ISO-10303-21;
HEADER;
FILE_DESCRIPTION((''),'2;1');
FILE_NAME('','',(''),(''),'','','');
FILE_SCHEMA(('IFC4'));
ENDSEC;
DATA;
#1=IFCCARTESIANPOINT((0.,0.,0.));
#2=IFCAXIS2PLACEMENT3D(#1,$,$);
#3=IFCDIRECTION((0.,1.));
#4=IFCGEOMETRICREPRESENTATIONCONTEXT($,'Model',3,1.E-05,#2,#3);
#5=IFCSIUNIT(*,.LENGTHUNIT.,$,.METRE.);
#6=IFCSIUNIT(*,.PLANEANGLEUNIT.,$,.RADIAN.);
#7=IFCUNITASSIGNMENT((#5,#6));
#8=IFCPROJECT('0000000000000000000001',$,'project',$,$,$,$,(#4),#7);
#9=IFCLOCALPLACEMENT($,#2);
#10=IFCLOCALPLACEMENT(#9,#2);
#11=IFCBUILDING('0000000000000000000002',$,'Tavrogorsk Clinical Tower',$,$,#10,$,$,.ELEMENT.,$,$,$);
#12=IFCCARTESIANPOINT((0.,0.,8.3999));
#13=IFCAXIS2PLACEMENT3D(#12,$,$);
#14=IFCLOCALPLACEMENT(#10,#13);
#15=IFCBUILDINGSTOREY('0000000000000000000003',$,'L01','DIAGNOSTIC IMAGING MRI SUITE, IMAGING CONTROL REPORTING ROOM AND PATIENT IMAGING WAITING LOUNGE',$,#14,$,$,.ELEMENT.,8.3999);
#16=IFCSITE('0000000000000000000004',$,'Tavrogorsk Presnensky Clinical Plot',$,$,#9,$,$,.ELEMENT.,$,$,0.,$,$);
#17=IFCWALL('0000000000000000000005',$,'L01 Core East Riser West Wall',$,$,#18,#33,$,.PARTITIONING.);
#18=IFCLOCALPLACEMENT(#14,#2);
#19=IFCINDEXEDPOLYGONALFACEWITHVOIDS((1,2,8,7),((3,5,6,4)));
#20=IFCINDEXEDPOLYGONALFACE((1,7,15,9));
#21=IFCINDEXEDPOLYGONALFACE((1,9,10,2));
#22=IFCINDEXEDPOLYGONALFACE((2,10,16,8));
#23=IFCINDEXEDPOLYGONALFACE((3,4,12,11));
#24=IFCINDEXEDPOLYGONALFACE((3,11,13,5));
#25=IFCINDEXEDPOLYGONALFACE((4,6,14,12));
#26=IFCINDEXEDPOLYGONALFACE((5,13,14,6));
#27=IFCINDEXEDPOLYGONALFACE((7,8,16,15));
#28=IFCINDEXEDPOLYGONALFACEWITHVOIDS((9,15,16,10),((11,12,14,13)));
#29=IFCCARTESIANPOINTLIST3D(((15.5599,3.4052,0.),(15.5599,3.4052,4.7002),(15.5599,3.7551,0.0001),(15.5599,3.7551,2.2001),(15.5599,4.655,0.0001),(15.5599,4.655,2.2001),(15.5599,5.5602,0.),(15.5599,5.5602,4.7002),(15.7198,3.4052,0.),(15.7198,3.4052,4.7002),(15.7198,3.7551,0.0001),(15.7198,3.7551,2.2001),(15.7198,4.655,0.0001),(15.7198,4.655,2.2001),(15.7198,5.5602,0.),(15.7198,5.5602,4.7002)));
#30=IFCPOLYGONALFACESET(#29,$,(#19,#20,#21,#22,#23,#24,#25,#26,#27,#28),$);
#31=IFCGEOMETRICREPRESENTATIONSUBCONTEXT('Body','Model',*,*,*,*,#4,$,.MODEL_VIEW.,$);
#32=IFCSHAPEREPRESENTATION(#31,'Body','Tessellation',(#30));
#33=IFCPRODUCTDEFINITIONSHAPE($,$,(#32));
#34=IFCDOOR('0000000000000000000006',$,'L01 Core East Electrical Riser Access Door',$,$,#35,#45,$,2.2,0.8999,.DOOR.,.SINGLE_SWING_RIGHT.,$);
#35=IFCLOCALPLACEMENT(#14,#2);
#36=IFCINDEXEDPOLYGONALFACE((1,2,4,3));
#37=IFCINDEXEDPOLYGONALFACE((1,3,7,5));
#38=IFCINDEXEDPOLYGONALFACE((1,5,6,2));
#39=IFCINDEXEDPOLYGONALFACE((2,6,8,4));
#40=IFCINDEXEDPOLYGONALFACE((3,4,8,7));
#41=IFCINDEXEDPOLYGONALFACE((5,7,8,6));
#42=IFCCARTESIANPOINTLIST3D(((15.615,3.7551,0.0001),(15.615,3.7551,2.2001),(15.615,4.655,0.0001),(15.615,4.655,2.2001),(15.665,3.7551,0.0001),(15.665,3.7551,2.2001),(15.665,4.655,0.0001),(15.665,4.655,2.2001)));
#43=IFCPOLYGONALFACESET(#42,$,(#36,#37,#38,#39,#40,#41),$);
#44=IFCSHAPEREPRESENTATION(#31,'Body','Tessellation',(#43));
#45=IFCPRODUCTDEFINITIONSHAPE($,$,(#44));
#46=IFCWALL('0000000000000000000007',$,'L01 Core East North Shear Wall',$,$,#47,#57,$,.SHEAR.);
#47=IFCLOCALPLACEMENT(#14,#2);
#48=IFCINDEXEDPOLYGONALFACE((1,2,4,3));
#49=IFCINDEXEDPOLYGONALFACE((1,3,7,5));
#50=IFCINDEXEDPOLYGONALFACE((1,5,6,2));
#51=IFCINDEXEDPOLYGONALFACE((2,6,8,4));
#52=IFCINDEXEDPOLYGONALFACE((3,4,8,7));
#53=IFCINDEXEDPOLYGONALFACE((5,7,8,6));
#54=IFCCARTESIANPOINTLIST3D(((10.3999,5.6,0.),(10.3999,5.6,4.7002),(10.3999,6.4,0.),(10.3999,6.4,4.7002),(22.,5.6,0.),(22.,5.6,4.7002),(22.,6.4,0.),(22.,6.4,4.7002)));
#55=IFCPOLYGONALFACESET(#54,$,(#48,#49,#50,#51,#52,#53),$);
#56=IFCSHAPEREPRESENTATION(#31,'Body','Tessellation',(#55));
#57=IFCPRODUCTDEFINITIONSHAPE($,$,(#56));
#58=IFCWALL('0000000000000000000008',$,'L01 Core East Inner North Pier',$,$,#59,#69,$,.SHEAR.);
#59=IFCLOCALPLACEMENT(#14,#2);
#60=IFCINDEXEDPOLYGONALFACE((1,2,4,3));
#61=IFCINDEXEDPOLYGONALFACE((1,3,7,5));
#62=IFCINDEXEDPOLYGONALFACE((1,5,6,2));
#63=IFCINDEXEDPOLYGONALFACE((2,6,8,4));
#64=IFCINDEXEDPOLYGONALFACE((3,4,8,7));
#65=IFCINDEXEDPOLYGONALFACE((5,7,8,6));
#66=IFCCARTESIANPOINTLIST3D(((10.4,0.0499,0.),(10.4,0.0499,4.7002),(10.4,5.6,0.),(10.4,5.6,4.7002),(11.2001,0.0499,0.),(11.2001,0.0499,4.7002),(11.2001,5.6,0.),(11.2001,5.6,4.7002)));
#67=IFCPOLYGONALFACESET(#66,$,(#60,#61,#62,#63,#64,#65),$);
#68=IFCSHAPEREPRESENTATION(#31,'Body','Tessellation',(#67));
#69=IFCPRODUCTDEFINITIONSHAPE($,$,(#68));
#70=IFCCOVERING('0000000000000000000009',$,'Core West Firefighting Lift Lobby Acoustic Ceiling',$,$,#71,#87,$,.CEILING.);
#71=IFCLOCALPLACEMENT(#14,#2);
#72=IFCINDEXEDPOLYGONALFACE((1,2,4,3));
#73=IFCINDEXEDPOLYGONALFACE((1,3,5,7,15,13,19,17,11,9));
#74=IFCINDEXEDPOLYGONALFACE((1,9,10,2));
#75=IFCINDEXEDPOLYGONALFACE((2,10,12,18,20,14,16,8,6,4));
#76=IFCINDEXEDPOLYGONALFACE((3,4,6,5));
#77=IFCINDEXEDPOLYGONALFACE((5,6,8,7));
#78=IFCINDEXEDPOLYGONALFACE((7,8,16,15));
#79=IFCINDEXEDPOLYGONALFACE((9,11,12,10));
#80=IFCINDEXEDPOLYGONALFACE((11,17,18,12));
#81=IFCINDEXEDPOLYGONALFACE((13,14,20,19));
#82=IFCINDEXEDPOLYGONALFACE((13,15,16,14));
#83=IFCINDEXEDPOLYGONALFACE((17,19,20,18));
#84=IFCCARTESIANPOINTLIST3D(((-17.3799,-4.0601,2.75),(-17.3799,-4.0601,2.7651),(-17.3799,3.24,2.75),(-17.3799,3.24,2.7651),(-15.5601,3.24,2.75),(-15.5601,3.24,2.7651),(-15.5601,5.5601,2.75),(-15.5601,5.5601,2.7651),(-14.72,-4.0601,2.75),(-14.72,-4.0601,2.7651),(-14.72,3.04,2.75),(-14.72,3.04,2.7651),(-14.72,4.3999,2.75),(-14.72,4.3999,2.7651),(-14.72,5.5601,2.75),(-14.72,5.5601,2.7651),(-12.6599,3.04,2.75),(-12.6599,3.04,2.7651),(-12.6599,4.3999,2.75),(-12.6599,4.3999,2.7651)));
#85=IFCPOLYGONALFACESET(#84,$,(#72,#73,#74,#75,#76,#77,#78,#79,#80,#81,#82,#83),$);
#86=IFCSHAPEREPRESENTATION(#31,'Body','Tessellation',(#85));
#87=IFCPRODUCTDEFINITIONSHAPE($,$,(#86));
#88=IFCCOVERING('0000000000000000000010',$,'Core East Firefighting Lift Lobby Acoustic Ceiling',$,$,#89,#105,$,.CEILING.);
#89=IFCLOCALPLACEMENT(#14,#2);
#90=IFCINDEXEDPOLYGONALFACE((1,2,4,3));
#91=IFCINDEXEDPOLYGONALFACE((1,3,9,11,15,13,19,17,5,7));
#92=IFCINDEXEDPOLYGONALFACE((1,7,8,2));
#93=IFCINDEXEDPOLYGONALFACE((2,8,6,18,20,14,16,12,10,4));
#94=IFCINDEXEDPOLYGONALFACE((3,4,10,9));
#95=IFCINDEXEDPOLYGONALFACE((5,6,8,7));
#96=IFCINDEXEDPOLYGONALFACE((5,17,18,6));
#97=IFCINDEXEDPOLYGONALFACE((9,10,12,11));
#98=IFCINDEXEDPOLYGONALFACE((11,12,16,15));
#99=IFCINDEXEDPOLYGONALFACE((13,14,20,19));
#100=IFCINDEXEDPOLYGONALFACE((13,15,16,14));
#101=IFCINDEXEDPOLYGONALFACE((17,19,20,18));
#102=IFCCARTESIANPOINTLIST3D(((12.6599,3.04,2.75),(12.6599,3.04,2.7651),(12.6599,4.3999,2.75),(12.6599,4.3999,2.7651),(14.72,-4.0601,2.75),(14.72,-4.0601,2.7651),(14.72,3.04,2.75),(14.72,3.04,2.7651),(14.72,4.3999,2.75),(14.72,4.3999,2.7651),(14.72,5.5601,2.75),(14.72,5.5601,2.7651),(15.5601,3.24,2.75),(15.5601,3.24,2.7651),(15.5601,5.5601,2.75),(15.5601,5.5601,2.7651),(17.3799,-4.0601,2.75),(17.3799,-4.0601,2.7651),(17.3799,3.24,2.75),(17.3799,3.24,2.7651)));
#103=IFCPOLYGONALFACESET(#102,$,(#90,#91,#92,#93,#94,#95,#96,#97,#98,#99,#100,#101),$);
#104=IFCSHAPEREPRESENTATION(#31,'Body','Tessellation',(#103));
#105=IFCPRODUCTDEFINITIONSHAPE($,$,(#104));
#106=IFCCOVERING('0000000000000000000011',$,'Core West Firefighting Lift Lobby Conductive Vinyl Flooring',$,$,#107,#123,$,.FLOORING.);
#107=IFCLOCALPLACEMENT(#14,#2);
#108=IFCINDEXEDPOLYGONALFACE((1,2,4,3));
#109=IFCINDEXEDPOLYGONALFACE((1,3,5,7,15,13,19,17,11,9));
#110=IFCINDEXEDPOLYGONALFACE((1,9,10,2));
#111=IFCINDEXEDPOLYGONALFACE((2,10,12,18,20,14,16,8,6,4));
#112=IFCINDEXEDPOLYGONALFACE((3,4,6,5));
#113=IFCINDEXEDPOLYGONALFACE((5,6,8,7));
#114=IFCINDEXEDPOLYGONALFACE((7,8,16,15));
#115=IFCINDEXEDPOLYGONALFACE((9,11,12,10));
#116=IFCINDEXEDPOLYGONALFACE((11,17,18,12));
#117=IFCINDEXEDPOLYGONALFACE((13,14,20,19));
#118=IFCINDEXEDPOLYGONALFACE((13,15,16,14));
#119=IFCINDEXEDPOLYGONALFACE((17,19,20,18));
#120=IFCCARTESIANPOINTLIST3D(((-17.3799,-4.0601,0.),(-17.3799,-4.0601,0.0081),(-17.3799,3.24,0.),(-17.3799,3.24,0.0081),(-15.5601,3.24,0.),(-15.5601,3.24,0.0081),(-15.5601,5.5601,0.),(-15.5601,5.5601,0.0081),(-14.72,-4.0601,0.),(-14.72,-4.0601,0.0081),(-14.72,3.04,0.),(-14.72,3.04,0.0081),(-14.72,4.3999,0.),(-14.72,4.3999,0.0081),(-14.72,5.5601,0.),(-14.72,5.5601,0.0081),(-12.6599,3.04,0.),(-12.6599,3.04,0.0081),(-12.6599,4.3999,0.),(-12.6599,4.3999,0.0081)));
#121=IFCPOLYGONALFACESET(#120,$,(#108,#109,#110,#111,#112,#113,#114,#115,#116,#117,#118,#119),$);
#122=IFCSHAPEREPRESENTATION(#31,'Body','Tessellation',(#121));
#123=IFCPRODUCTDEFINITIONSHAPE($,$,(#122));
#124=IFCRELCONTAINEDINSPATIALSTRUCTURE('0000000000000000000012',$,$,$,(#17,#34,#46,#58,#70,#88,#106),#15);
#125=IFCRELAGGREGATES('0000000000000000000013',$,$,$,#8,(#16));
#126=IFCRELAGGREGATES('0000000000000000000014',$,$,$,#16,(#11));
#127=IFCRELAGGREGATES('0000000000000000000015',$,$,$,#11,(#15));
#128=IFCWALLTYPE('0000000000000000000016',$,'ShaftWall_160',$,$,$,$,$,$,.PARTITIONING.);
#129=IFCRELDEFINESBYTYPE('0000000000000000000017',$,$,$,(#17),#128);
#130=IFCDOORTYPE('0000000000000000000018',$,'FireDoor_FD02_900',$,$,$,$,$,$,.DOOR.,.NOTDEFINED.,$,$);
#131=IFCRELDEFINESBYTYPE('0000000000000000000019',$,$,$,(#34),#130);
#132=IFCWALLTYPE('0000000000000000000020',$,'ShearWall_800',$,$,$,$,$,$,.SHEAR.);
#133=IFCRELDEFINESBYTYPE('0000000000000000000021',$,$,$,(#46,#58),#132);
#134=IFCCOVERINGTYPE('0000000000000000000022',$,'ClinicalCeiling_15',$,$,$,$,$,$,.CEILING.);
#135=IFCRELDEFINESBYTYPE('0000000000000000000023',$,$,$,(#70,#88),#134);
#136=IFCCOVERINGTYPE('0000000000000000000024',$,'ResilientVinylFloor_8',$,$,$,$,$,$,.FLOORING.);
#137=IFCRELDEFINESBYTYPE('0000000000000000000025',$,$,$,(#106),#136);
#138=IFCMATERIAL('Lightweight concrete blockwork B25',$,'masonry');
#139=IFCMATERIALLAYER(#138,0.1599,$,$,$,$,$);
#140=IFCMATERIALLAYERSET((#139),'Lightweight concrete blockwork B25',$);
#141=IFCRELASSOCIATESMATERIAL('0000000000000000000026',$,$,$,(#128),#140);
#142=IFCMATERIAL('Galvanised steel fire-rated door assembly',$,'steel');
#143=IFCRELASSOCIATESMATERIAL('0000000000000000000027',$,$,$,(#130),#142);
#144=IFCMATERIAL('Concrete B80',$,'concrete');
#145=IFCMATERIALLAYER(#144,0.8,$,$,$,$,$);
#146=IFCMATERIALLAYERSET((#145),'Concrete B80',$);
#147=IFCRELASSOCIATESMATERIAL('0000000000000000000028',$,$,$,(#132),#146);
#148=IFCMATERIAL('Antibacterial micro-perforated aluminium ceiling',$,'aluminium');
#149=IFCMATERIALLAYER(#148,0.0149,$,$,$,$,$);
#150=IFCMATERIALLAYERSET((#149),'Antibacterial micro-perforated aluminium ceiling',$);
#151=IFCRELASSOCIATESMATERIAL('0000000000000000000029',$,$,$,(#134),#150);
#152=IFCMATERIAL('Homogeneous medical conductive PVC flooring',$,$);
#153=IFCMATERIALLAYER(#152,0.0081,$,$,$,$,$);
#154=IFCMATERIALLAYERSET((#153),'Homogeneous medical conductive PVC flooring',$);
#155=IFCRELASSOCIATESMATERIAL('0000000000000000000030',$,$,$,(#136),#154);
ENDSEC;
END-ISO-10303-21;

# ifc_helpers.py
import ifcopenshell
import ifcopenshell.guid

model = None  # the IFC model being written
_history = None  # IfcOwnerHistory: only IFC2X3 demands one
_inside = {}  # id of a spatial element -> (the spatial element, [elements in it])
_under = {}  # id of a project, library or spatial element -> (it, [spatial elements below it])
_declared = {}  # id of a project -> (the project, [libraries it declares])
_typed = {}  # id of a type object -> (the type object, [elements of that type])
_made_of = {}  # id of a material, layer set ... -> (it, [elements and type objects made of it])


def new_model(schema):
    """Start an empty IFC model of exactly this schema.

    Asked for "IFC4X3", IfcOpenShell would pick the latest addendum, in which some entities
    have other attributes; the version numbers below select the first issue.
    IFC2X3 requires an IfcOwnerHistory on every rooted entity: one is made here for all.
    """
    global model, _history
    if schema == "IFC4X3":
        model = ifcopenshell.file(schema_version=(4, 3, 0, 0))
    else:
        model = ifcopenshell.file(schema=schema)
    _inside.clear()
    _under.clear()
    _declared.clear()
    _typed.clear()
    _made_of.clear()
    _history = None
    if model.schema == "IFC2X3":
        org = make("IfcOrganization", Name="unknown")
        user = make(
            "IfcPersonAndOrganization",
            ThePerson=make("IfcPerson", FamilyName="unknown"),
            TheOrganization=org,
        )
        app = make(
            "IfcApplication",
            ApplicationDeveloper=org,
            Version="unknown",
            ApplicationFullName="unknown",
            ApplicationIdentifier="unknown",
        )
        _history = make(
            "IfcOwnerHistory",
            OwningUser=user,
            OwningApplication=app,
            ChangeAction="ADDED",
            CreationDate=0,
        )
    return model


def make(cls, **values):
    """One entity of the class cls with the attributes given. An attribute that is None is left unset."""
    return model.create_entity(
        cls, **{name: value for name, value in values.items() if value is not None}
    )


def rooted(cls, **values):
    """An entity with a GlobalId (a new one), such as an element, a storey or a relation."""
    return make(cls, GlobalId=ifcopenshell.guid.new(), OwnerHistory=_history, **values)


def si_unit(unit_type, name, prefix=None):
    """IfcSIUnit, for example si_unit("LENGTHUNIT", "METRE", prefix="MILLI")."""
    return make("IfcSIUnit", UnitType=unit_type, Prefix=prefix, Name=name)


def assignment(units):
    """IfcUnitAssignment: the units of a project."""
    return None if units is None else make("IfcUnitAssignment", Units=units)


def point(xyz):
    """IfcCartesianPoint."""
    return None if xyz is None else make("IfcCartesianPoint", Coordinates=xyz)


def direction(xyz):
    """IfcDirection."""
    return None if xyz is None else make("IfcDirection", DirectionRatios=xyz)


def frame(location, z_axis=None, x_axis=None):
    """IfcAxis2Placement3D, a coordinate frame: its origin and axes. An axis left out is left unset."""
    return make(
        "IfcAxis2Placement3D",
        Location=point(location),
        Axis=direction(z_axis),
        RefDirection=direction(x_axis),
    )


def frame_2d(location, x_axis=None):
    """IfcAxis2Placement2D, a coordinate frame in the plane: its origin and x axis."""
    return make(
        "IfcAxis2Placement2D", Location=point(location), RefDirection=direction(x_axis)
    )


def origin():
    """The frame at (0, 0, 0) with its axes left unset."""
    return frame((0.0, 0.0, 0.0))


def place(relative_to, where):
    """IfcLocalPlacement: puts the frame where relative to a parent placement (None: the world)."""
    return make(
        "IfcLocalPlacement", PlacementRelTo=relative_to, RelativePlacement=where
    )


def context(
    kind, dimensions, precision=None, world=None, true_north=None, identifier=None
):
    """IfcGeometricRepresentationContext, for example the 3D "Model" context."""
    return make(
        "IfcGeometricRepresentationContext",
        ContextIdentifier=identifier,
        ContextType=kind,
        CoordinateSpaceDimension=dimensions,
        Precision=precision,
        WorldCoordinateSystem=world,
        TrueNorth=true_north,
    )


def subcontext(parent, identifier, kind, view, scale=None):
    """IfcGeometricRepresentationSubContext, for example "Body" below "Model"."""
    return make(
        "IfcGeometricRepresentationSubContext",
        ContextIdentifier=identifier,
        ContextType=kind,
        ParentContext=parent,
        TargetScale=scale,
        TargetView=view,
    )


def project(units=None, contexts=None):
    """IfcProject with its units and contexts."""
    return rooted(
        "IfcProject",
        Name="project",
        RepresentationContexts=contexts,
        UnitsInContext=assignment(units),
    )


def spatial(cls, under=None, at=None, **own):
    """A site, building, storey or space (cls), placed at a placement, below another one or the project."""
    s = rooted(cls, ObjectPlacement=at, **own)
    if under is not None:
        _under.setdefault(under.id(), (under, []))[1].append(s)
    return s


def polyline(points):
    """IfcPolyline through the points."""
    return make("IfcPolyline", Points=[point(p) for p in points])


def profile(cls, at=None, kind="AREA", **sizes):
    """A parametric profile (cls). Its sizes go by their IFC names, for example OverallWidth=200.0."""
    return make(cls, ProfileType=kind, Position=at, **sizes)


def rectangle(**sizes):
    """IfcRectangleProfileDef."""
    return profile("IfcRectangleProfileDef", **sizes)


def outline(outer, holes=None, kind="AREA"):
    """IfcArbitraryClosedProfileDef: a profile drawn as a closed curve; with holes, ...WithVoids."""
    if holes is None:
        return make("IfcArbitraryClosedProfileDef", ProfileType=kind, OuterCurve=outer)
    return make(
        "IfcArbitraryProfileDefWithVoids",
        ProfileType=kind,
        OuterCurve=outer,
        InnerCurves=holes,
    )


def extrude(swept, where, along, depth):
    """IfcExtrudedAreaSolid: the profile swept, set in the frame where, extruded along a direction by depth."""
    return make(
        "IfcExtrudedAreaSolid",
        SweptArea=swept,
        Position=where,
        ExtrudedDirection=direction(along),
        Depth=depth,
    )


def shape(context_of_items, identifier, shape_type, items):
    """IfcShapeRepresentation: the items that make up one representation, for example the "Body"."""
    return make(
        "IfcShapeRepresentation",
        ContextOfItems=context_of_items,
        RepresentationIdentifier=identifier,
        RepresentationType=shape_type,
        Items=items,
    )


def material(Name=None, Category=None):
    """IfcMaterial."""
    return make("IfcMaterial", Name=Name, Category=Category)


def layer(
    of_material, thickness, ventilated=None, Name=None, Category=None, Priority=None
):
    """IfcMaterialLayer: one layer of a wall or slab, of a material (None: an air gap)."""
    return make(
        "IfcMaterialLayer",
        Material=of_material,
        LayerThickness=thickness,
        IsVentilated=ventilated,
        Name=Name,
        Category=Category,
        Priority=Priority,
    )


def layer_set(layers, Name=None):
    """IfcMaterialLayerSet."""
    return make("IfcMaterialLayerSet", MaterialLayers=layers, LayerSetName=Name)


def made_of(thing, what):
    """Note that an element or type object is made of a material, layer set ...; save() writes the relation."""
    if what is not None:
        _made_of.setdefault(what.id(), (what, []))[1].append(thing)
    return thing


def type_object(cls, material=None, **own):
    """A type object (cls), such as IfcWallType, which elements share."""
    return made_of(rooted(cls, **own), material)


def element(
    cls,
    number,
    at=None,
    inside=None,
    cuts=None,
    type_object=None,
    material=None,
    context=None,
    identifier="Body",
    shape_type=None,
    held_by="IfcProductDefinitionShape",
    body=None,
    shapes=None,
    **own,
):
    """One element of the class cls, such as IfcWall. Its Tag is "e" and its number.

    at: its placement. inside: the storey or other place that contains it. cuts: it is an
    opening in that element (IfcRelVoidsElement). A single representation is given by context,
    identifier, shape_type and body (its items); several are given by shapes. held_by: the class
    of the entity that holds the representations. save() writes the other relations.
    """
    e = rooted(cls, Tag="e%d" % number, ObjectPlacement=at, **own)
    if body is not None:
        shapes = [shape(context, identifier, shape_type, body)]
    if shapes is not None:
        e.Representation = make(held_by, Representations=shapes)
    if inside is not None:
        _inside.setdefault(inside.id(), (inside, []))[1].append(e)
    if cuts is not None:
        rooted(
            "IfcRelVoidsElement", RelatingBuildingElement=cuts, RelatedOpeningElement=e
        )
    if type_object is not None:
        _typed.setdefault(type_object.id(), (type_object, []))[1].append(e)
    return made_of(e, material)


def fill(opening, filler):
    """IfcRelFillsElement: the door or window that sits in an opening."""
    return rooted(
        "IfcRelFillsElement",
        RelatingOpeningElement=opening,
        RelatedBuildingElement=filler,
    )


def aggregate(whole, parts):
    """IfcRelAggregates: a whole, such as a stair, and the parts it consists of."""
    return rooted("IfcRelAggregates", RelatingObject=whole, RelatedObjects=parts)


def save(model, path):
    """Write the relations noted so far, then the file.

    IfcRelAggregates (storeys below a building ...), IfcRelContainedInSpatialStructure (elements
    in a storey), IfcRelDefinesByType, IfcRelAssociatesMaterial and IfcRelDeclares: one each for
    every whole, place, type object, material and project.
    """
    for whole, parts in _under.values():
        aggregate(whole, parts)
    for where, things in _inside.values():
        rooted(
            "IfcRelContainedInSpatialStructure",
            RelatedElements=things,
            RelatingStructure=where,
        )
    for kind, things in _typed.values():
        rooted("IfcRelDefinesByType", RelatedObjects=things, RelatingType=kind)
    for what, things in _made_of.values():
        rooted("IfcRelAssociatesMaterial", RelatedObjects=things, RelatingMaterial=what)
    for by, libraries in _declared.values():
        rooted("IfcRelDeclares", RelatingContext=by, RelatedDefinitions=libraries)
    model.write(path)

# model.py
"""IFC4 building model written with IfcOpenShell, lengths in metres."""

from ifc_helpers import new_model, si_unit, direction, frame, frame_2d, origin, place, context, subcontext, project, spatial, polyline, rectangle, outline, extrude, material, layer, layer_set, type_object, element, fill, save


model = new_model("IFC4")

# Units and contexts
model_context = context("Model", 3, precision=1e-05, world=origin(), true_north=direction((0.0, 1.0)))
body_context = subcontext(model_context, "Body", "Model", "MODEL_VIEW")
ifc_project = project(units=[si_unit("LENGTHUNIT", "METRE"), si_unit("PLANEANGLEUNIT", "RADIAN")], contexts=[model_context])

# Site, building, storey
site_placement = place(None, origin())
site = spatial("IfcSite", under=ifc_project, at=site_placement, Name="Tavrogorsk Presnensky Clinical Plot", CompositionType="ELEMENT", RefElevation=0.0)
building_placement = place(site_placement, origin())
building = spatial("IfcBuilding", under=site, at=building_placement, Name="Tavrogorsk Clinical Tower", CompositionType="ELEMENT")
storey_placement = place(building_placement, frame((0.0, 0.0, 8.3999)))
storey = spatial("IfcBuildingStorey", under=building, at=storey_placement, Name="L01", Description="DIAGNOSTIC IMAGING MRI SUITE, IMAGING CONTROL REPORTING ROOM AND PATIENT IMAGING WAITING LOUNGE", CompositionType="ELEMENT", Elevation=8.3999)

# Shared definitions
ifc_material_1 = material(Name="Lightweight concrete blockwork B25", Category="masonry")
ifc_layer_1 = layer(ifc_material_1, 0.1599)
ifc_layer_set_1 = layer_set([ifc_layer_1], Name="Lightweight concrete blockwork B25")
wall_type_1 = type_object("IfcWallType", Name="ShaftWall_160", PredefinedType="PARTITIONING", material=ifc_layer_set_1)

# Wall, opening, door
wall_1_placement = place(storey_placement, frame((15.6399, 3.405, 0.0), z_axis=(0.0, 0.0, 1.0), x_axis=(0.0, 1.0, 0.0)))
wall_1 = element("IfcWall", 1, at=wall_1_placement, inside=storey, type_object=wall_type_1, Name="L01 Core East Riser West Wall", PredefinedType="PARTITIONING", context=body_context, shape_type="SweptSolid", body=[
    extrude(rectangle(XDim=2.155, YDim=0.1599, at=frame_2d((1.0776, 0.0))), origin(), (0.0, 0.0, 1.0), 4.7002),
])
opening_1_placement = place(wall_1_placement, frame((0.3501, 0.0, 0.0)))
opening_1 = element("IfcOpeningElement", 2, at=opening_1_placement, cuts=wall_1, PredefinedType="OPENING", context=body_context, shape_type="SweptSolid", body=[
    extrude(rectangle(XDim=0.8999, YDim=2.2, at=frame_2d((0.45, 1.1001))), frame((0.0, 0.0898, 0.0), z_axis=(0.0, -1.0, 0.0), x_axis=(1.0, 0.0, 0.0)), (0.0, 0.0, 1.0), 0.1799),
])
ifc_material_2 = material(Name="Galvanised steel fire-rated door assembly", Category="steel")
door_type_1 = type_object("IfcDoorType", Name="FireDoor_FD02_900", OperationType="NOTDEFINED", PredefinedType="DOOR", material=ifc_material_2)
door_1_placement = place(opening_1_placement, origin())
door_1 = element("IfcDoor", 3, at=door_1_placement, inside=storey, type_object=door_type_1, Name="L01 Core East Electrical Riser Access Door", OperationType="SINGLE_SWING_RIGHT", OverallHeight=2.2, OverallWidth=0.8999, PredefinedType="DOOR", context=body_context, shape_type="SweptSolid", body=[
    extrude(rectangle(XDim=0.8999, YDim=2.2, at=frame_2d((0.45, 1.1001))), frame((0.0, 0.0249, 0.0), z_axis=(0.0, -1.0, 0.0), x_axis=(1.0, 0.0, 0.0)), (0.0, 0.0, 1.0), 0.05),
])
fill(opening_1, door_1)

# Walls
ifc_material_3 = material(Name="Concrete B80", Category="concrete")
ifc_layer_2 = layer(ifc_material_3, 0.8)
ifc_layer_set_2 = layer_set([ifc_layer_2], Name="Concrete B80")
wall_type_2 = type_object("IfcWallType", Name="ShearWall_800", PredefinedType="SHEAR", material=ifc_layer_set_2)
wall_2_placement = place(storey_placement, frame((10.3999, 6.0, 0.0), z_axis=(0.0, 0.0, 1.0), x_axis=(1.0, 0.0, 0.0)))
element("IfcWall", 4, at=wall_2_placement, inside=storey, type_object=wall_type_2, Name="L01 Core East North Shear Wall", PredefinedType="SHEAR", context=body_context, shape_type="SweptSolid", body=[
    extrude(rectangle(XDim=11.6001, YDim=0.8, at=frame_2d((5.8, 0.0))), origin(), (0.0, 0.0, 1.0), 4.7002),
])
wall_3_placement = place(storey_placement, frame((10.8, 0.05, 0.0), z_axis=(0.0, 0.0, 1.0), x_axis=(0.0, 1.0, 0.0)))
element("IfcWall", 5, at=wall_3_placement, inside=storey, type_object=wall_type_2, Name="L01 Core East Inner North Pier", PredefinedType="SHEAR", context=body_context, shape_type="SweptSolid", body=[
    extrude(rectangle(XDim=5.55, YDim=0.8, at=frame_2d((2.7749, 0.0))), origin(), (0.0, 0.0, 1.0), 4.7002),
])

# Coverings
ifc_material_4 = material(Name="Antibacterial micro-perforated aluminium ceiling", Category="aluminium")
ifc_layer_3 = layer(ifc_material_4, 0.0149)
ifc_layer_set_3 = layer_set([ifc_layer_3], Name="Antibacterial micro-perforated aluminium ceiling")
covering_type_1 = type_object("IfcCoveringType", Name="ClinicalCeiling_15", PredefinedType="CEILING", material=ifc_layer_set_3)
covering_1_placement = place(storey_placement, frame((0.0, 0.0, 2.75)))
element("IfcCovering", 6, at=covering_1_placement, inside=storey, type_object=covering_type_1, Name="Core West Firefighting Lift Lobby Acoustic Ceiling", PredefinedType="CEILING", context=body_context, shape_type="SweptSolid", body=[
    extrude(outline(polyline([(-17.3799, -4.0601), (-17.3799, 3.24), (-15.5601, 3.24), (-15.5601, 5.5601), (-14.72, 5.5601), (-14.72, 4.3999), (-12.6599, 4.3999), (-12.6599, 3.04), (-14.72, 3.04), (-14.72, -4.0601), (-17.3799, -4.0601)])), origin(), (0.0, 0.0, 1.0), 0.0151),
])
covering_2_placement = place(storey_placement, frame((0.0, 0.0, 2.75)))
element("IfcCovering", 7, at=covering_2_placement, inside=storey, type_object=covering_type_1, Name="Core East Firefighting Lift Lobby Acoustic Ceiling", PredefinedType="CEILING", context=body_context, shape_type="SweptSolid", body=[
    extrude(outline(polyline([(14.72, 3.04), (12.6599, 3.04), (12.6599, 4.3999), (14.72, 4.3999), (14.72, 5.5601), (15.5601, 5.5601), (15.5601, 3.24), (17.3799, 3.24), (17.3799, -4.0601), (14.72, -4.0601), (14.72, 3.04)])), origin(), (0.0, 0.0, 1.0), 0.0151),
])
ifc_material_5 = material(Name="Homogeneous medical conductive PVC flooring")
ifc_layer_4 = layer(ifc_material_5, 0.0081)
ifc_layer_set_4 = layer_set([ifc_layer_4], Name="Homogeneous medical conductive PVC flooring")
covering_type_2 = type_object("IfcCoveringType", Name="ResilientVinylFloor_8", PredefinedType="FLOORING", material=ifc_layer_set_4)
covering_3_placement = place(storey_placement, origin())
element("IfcCovering", 8, at=covering_3_placement, inside=storey, type_object=covering_type_2, Name="Core West Firefighting Lift Lobby Conductive Vinyl Flooring", PredefinedType="FLOORING", context=body_context, shape_type="SweptSolid", body=[
    extrude(outline(polyline([(-17.3799, -4.0601), (-17.3799, 3.24), (-15.5601, 3.24), (-15.5601, 5.5601), (-14.72, 5.5601), (-14.72, 4.3999), (-12.6599, 4.3999), (-12.6599, 3.04), (-14.72, 3.04), (-14.72, -4.0601), (-17.3799, -4.0601)])), origin(), (0.0, 0.0, 1.0), 0.0081),
])

save(model, "model.ifc")
